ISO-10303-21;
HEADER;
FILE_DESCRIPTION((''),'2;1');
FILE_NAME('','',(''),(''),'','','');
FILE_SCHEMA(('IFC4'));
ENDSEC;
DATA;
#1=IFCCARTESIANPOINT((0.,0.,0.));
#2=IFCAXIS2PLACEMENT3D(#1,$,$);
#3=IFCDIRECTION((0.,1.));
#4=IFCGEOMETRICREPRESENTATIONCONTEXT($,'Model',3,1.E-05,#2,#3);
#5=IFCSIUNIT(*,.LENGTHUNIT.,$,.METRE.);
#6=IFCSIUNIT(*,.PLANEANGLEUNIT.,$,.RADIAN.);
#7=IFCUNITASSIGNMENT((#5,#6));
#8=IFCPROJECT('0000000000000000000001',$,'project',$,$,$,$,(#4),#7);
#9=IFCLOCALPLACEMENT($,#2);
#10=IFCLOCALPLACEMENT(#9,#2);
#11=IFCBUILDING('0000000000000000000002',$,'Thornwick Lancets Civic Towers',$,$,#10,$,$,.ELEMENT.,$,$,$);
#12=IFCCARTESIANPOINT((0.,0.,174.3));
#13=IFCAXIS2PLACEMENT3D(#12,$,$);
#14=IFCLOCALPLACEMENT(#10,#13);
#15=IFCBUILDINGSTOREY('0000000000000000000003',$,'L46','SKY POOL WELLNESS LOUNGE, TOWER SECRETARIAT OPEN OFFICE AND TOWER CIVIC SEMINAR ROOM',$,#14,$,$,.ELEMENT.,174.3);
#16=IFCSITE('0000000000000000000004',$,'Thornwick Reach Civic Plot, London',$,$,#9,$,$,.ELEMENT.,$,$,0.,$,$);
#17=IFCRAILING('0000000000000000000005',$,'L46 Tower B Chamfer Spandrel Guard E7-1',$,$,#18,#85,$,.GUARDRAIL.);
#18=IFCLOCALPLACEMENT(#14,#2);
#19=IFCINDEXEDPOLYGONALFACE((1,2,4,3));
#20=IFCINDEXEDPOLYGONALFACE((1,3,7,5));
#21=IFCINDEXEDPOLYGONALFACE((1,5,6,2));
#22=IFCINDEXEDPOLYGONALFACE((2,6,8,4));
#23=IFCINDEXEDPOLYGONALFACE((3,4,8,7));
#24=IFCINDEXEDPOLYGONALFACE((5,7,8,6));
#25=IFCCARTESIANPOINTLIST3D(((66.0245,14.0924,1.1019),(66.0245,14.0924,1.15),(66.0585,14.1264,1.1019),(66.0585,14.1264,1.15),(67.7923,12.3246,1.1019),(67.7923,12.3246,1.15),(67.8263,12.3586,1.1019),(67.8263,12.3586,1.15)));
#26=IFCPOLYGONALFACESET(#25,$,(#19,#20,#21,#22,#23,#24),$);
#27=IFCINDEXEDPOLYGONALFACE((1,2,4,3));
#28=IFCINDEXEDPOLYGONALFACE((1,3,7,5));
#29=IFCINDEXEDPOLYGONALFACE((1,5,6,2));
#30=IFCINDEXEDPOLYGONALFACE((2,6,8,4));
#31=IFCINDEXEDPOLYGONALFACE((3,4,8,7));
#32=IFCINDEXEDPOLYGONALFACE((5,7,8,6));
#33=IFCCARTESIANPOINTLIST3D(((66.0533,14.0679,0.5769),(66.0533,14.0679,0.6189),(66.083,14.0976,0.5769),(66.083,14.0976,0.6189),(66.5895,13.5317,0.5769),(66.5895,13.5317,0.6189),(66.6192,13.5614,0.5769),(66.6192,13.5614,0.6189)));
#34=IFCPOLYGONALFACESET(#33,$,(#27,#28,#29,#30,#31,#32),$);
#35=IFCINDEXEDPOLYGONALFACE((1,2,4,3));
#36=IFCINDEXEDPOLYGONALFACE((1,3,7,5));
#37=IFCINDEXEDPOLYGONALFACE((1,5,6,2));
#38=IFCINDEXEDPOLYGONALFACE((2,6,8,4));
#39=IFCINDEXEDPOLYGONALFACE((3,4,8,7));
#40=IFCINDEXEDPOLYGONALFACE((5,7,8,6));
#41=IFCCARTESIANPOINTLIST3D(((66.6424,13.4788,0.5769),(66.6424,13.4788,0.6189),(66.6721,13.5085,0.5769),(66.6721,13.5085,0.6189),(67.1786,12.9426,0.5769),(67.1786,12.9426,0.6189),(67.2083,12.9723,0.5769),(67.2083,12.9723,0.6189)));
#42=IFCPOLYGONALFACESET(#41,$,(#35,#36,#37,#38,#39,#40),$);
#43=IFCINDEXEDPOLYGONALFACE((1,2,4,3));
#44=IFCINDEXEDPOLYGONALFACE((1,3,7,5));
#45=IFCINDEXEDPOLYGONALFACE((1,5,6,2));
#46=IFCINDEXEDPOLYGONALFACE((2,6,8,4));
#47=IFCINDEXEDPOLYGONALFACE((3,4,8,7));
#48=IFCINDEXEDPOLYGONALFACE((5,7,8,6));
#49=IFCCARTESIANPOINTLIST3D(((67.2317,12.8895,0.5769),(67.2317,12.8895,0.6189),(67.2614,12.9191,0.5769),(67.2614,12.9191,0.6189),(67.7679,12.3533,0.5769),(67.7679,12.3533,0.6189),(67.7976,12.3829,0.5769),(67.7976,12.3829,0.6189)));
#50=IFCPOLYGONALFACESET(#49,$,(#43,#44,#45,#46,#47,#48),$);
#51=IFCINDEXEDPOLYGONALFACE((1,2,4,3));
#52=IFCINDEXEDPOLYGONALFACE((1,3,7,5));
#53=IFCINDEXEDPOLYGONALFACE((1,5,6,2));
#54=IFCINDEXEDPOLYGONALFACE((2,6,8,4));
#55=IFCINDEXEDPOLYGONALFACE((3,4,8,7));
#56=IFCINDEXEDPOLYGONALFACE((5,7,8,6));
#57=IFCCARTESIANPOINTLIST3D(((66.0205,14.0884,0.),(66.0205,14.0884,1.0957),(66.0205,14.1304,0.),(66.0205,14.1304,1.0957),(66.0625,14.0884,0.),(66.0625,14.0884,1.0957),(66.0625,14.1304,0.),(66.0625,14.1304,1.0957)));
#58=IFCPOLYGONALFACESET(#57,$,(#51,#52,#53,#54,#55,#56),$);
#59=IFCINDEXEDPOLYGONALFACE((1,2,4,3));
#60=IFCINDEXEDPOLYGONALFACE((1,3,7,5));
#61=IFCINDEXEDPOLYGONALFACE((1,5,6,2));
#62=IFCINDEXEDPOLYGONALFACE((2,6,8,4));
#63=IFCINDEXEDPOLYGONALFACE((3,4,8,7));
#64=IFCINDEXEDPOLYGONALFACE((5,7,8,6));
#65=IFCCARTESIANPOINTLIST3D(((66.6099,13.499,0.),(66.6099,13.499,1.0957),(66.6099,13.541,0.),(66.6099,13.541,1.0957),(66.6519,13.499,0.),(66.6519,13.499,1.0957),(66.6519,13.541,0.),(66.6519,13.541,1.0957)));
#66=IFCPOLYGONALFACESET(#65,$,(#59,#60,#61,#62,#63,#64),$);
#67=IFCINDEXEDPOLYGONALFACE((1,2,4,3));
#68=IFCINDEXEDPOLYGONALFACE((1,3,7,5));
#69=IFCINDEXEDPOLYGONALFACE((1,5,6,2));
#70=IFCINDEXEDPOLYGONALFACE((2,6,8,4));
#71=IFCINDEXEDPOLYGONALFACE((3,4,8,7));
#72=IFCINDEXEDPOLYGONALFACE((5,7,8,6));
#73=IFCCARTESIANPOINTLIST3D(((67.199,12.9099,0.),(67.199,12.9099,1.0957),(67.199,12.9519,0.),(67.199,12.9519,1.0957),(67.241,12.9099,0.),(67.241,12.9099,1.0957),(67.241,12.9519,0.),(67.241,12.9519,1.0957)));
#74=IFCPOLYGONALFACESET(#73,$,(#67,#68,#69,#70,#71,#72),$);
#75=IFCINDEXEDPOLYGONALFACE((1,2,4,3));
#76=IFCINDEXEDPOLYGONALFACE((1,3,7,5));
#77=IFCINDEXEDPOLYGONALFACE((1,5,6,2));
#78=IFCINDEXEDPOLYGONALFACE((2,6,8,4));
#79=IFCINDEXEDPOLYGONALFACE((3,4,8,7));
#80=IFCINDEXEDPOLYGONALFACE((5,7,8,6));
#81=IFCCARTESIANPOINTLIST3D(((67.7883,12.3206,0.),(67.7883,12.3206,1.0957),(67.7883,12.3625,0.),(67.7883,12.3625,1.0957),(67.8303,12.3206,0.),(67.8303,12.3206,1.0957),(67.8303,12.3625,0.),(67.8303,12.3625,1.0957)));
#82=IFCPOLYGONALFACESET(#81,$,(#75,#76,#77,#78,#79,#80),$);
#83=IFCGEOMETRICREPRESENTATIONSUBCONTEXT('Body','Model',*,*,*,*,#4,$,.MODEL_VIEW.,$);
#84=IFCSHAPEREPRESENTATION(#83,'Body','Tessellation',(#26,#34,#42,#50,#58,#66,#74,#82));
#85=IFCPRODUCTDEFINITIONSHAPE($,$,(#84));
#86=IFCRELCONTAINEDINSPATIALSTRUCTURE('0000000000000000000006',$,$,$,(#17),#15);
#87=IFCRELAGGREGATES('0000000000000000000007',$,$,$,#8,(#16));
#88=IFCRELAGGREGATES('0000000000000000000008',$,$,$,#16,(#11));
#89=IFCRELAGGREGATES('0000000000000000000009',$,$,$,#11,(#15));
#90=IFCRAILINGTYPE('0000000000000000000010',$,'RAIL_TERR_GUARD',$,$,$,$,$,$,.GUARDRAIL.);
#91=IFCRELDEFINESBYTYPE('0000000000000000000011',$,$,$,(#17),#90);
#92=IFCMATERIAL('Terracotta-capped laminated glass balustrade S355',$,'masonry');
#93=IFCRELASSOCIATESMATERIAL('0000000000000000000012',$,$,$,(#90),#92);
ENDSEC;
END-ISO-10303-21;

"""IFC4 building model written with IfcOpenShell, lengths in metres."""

from ifc_helpers import new_model, si_unit, direction, frame, origin, origin_2d, place, context, subcontext, project, spatial, rectangle, extrude, material, type_object, element, save


model = new_model("IFC4")

# Units and contexts
model_context = context("Model", 3, precision=1e-05, world=origin(), true_north=direction((0.0, 1.0)))
body_context = subcontext(model_context, "Body", "Model", "MODEL_VIEW")
ifc_project = project(units=[si_unit("LENGTHUNIT", "METRE"), si_unit("PLANEANGLEUNIT", "RADIAN")], contexts=[model_context])

# Site, building, storey
site_placement = place(None, origin())
site = spatial("IfcSite", under=ifc_project, at=site_placement, Name="Thornwick Reach Civic Plot, London", CompositionType="ELEMENT", RefElevation=0.0)
building_placement = place(site_placement, origin())
building = spatial("IfcBuilding", under=site, at=building_placement, Name="Thornwick Lancets Civic Towers", CompositionType="ELEMENT")
storey_placement = place(building_placement, frame((0.0, 0.0, 174.3)))
storey = spatial("IfcBuildingStorey", under=building, at=storey_placement, Name="L46", Description="SKY POOL WELLNESS LOUNGE, TOWER SECRETARIAT OPEN OFFICE AND TOWER CIVIC SEMINAR ROOM", CompositionType="ELEMENT", Elevation=174.3)

# Railing
ifc_material_1 = material(Name="Terracotta-capped laminated glass balustrade S355", Category="masonry")
railing_type = type_object("IfcRailingType", Name="RAIL_TERR_GUARD", PredefinedType="GUARDRAIL", material=ifc_material_1)
railing_1_placement = place(storey_placement, frame((66.0415, 14.1094, 0.0)))
element("IfcRailing", 1, at=railing_1_placement, inside=storey, type_object=railing_type, Name="L46 Tower B Chamfer Spandrel Guard E7-1", PredefinedType="GUARDRAIL", context=body_context, shape_type="SweptSolid", body=[
    extrude(rectangle(XDim=0.0481, YDim=0.0481, at=origin_2d()), frame((0.0, 0.0, 1.126), z_axis=(0.707107, -0.707107, 0.0), x_axis=(0.707107, 0.707107, 0.0)), (0.0, 0.0, 1.0), 2.5),
    extrude(rectangle(XDim=0.042, YDim=0.042, at=origin_2d()), frame((0.0266, -0.0266, 0.5979), z_axis=(0.707107, -0.707107, 0.0), x_axis=(0.707107, 0.707107, 0.0)), (0.0, 0.0, 1.0), 0.7583),
    extrude(rectangle(XDim=0.042, YDim=0.042, at=origin_2d()), frame((0.6157, -0.6157, 0.5979), z_axis=(0.707107, -0.707107, 0.0), x_axis=(0.707107, 0.707107, 0.0)), (0.0, 0.0, 1.0), 0.7583),
    extrude(rectangle(XDim=0.042, YDim=0.042, at=origin_2d()), frame((1.2051, -1.2051, 0.5979), z_axis=(0.707107, -0.707107, 0.0), x_axis=(0.707107, 0.707107, 0.0)), (0.0, 0.0, 1.0), 0.7583),
    extrude(rectangle(XDim=0.042, YDim=0.042, at=origin_2d()), origin(), (0.0, 0.0, 1.0), 1.0957),
    extrude(rectangle(XDim=0.042, YDim=0.042, at=origin_2d()), frame((0.5894, -0.5894, 0.0)), (0.0, 0.0, 1.0), 1.0957),
    extrude(rectangle(XDim=0.042, YDim=0.042, at=origin_2d()), frame((1.1785, -1.1785, 0.0)), (0.0, 0.0, 1.0), 1.0957),
    extrude(rectangle(XDim=0.042, YDim=0.042, at=origin_2d()), frame((1.7678, -1.7678, 0.0)), (0.0, 0.0, 1.0), 1.0957),
])

save(model, "model.ifc")
